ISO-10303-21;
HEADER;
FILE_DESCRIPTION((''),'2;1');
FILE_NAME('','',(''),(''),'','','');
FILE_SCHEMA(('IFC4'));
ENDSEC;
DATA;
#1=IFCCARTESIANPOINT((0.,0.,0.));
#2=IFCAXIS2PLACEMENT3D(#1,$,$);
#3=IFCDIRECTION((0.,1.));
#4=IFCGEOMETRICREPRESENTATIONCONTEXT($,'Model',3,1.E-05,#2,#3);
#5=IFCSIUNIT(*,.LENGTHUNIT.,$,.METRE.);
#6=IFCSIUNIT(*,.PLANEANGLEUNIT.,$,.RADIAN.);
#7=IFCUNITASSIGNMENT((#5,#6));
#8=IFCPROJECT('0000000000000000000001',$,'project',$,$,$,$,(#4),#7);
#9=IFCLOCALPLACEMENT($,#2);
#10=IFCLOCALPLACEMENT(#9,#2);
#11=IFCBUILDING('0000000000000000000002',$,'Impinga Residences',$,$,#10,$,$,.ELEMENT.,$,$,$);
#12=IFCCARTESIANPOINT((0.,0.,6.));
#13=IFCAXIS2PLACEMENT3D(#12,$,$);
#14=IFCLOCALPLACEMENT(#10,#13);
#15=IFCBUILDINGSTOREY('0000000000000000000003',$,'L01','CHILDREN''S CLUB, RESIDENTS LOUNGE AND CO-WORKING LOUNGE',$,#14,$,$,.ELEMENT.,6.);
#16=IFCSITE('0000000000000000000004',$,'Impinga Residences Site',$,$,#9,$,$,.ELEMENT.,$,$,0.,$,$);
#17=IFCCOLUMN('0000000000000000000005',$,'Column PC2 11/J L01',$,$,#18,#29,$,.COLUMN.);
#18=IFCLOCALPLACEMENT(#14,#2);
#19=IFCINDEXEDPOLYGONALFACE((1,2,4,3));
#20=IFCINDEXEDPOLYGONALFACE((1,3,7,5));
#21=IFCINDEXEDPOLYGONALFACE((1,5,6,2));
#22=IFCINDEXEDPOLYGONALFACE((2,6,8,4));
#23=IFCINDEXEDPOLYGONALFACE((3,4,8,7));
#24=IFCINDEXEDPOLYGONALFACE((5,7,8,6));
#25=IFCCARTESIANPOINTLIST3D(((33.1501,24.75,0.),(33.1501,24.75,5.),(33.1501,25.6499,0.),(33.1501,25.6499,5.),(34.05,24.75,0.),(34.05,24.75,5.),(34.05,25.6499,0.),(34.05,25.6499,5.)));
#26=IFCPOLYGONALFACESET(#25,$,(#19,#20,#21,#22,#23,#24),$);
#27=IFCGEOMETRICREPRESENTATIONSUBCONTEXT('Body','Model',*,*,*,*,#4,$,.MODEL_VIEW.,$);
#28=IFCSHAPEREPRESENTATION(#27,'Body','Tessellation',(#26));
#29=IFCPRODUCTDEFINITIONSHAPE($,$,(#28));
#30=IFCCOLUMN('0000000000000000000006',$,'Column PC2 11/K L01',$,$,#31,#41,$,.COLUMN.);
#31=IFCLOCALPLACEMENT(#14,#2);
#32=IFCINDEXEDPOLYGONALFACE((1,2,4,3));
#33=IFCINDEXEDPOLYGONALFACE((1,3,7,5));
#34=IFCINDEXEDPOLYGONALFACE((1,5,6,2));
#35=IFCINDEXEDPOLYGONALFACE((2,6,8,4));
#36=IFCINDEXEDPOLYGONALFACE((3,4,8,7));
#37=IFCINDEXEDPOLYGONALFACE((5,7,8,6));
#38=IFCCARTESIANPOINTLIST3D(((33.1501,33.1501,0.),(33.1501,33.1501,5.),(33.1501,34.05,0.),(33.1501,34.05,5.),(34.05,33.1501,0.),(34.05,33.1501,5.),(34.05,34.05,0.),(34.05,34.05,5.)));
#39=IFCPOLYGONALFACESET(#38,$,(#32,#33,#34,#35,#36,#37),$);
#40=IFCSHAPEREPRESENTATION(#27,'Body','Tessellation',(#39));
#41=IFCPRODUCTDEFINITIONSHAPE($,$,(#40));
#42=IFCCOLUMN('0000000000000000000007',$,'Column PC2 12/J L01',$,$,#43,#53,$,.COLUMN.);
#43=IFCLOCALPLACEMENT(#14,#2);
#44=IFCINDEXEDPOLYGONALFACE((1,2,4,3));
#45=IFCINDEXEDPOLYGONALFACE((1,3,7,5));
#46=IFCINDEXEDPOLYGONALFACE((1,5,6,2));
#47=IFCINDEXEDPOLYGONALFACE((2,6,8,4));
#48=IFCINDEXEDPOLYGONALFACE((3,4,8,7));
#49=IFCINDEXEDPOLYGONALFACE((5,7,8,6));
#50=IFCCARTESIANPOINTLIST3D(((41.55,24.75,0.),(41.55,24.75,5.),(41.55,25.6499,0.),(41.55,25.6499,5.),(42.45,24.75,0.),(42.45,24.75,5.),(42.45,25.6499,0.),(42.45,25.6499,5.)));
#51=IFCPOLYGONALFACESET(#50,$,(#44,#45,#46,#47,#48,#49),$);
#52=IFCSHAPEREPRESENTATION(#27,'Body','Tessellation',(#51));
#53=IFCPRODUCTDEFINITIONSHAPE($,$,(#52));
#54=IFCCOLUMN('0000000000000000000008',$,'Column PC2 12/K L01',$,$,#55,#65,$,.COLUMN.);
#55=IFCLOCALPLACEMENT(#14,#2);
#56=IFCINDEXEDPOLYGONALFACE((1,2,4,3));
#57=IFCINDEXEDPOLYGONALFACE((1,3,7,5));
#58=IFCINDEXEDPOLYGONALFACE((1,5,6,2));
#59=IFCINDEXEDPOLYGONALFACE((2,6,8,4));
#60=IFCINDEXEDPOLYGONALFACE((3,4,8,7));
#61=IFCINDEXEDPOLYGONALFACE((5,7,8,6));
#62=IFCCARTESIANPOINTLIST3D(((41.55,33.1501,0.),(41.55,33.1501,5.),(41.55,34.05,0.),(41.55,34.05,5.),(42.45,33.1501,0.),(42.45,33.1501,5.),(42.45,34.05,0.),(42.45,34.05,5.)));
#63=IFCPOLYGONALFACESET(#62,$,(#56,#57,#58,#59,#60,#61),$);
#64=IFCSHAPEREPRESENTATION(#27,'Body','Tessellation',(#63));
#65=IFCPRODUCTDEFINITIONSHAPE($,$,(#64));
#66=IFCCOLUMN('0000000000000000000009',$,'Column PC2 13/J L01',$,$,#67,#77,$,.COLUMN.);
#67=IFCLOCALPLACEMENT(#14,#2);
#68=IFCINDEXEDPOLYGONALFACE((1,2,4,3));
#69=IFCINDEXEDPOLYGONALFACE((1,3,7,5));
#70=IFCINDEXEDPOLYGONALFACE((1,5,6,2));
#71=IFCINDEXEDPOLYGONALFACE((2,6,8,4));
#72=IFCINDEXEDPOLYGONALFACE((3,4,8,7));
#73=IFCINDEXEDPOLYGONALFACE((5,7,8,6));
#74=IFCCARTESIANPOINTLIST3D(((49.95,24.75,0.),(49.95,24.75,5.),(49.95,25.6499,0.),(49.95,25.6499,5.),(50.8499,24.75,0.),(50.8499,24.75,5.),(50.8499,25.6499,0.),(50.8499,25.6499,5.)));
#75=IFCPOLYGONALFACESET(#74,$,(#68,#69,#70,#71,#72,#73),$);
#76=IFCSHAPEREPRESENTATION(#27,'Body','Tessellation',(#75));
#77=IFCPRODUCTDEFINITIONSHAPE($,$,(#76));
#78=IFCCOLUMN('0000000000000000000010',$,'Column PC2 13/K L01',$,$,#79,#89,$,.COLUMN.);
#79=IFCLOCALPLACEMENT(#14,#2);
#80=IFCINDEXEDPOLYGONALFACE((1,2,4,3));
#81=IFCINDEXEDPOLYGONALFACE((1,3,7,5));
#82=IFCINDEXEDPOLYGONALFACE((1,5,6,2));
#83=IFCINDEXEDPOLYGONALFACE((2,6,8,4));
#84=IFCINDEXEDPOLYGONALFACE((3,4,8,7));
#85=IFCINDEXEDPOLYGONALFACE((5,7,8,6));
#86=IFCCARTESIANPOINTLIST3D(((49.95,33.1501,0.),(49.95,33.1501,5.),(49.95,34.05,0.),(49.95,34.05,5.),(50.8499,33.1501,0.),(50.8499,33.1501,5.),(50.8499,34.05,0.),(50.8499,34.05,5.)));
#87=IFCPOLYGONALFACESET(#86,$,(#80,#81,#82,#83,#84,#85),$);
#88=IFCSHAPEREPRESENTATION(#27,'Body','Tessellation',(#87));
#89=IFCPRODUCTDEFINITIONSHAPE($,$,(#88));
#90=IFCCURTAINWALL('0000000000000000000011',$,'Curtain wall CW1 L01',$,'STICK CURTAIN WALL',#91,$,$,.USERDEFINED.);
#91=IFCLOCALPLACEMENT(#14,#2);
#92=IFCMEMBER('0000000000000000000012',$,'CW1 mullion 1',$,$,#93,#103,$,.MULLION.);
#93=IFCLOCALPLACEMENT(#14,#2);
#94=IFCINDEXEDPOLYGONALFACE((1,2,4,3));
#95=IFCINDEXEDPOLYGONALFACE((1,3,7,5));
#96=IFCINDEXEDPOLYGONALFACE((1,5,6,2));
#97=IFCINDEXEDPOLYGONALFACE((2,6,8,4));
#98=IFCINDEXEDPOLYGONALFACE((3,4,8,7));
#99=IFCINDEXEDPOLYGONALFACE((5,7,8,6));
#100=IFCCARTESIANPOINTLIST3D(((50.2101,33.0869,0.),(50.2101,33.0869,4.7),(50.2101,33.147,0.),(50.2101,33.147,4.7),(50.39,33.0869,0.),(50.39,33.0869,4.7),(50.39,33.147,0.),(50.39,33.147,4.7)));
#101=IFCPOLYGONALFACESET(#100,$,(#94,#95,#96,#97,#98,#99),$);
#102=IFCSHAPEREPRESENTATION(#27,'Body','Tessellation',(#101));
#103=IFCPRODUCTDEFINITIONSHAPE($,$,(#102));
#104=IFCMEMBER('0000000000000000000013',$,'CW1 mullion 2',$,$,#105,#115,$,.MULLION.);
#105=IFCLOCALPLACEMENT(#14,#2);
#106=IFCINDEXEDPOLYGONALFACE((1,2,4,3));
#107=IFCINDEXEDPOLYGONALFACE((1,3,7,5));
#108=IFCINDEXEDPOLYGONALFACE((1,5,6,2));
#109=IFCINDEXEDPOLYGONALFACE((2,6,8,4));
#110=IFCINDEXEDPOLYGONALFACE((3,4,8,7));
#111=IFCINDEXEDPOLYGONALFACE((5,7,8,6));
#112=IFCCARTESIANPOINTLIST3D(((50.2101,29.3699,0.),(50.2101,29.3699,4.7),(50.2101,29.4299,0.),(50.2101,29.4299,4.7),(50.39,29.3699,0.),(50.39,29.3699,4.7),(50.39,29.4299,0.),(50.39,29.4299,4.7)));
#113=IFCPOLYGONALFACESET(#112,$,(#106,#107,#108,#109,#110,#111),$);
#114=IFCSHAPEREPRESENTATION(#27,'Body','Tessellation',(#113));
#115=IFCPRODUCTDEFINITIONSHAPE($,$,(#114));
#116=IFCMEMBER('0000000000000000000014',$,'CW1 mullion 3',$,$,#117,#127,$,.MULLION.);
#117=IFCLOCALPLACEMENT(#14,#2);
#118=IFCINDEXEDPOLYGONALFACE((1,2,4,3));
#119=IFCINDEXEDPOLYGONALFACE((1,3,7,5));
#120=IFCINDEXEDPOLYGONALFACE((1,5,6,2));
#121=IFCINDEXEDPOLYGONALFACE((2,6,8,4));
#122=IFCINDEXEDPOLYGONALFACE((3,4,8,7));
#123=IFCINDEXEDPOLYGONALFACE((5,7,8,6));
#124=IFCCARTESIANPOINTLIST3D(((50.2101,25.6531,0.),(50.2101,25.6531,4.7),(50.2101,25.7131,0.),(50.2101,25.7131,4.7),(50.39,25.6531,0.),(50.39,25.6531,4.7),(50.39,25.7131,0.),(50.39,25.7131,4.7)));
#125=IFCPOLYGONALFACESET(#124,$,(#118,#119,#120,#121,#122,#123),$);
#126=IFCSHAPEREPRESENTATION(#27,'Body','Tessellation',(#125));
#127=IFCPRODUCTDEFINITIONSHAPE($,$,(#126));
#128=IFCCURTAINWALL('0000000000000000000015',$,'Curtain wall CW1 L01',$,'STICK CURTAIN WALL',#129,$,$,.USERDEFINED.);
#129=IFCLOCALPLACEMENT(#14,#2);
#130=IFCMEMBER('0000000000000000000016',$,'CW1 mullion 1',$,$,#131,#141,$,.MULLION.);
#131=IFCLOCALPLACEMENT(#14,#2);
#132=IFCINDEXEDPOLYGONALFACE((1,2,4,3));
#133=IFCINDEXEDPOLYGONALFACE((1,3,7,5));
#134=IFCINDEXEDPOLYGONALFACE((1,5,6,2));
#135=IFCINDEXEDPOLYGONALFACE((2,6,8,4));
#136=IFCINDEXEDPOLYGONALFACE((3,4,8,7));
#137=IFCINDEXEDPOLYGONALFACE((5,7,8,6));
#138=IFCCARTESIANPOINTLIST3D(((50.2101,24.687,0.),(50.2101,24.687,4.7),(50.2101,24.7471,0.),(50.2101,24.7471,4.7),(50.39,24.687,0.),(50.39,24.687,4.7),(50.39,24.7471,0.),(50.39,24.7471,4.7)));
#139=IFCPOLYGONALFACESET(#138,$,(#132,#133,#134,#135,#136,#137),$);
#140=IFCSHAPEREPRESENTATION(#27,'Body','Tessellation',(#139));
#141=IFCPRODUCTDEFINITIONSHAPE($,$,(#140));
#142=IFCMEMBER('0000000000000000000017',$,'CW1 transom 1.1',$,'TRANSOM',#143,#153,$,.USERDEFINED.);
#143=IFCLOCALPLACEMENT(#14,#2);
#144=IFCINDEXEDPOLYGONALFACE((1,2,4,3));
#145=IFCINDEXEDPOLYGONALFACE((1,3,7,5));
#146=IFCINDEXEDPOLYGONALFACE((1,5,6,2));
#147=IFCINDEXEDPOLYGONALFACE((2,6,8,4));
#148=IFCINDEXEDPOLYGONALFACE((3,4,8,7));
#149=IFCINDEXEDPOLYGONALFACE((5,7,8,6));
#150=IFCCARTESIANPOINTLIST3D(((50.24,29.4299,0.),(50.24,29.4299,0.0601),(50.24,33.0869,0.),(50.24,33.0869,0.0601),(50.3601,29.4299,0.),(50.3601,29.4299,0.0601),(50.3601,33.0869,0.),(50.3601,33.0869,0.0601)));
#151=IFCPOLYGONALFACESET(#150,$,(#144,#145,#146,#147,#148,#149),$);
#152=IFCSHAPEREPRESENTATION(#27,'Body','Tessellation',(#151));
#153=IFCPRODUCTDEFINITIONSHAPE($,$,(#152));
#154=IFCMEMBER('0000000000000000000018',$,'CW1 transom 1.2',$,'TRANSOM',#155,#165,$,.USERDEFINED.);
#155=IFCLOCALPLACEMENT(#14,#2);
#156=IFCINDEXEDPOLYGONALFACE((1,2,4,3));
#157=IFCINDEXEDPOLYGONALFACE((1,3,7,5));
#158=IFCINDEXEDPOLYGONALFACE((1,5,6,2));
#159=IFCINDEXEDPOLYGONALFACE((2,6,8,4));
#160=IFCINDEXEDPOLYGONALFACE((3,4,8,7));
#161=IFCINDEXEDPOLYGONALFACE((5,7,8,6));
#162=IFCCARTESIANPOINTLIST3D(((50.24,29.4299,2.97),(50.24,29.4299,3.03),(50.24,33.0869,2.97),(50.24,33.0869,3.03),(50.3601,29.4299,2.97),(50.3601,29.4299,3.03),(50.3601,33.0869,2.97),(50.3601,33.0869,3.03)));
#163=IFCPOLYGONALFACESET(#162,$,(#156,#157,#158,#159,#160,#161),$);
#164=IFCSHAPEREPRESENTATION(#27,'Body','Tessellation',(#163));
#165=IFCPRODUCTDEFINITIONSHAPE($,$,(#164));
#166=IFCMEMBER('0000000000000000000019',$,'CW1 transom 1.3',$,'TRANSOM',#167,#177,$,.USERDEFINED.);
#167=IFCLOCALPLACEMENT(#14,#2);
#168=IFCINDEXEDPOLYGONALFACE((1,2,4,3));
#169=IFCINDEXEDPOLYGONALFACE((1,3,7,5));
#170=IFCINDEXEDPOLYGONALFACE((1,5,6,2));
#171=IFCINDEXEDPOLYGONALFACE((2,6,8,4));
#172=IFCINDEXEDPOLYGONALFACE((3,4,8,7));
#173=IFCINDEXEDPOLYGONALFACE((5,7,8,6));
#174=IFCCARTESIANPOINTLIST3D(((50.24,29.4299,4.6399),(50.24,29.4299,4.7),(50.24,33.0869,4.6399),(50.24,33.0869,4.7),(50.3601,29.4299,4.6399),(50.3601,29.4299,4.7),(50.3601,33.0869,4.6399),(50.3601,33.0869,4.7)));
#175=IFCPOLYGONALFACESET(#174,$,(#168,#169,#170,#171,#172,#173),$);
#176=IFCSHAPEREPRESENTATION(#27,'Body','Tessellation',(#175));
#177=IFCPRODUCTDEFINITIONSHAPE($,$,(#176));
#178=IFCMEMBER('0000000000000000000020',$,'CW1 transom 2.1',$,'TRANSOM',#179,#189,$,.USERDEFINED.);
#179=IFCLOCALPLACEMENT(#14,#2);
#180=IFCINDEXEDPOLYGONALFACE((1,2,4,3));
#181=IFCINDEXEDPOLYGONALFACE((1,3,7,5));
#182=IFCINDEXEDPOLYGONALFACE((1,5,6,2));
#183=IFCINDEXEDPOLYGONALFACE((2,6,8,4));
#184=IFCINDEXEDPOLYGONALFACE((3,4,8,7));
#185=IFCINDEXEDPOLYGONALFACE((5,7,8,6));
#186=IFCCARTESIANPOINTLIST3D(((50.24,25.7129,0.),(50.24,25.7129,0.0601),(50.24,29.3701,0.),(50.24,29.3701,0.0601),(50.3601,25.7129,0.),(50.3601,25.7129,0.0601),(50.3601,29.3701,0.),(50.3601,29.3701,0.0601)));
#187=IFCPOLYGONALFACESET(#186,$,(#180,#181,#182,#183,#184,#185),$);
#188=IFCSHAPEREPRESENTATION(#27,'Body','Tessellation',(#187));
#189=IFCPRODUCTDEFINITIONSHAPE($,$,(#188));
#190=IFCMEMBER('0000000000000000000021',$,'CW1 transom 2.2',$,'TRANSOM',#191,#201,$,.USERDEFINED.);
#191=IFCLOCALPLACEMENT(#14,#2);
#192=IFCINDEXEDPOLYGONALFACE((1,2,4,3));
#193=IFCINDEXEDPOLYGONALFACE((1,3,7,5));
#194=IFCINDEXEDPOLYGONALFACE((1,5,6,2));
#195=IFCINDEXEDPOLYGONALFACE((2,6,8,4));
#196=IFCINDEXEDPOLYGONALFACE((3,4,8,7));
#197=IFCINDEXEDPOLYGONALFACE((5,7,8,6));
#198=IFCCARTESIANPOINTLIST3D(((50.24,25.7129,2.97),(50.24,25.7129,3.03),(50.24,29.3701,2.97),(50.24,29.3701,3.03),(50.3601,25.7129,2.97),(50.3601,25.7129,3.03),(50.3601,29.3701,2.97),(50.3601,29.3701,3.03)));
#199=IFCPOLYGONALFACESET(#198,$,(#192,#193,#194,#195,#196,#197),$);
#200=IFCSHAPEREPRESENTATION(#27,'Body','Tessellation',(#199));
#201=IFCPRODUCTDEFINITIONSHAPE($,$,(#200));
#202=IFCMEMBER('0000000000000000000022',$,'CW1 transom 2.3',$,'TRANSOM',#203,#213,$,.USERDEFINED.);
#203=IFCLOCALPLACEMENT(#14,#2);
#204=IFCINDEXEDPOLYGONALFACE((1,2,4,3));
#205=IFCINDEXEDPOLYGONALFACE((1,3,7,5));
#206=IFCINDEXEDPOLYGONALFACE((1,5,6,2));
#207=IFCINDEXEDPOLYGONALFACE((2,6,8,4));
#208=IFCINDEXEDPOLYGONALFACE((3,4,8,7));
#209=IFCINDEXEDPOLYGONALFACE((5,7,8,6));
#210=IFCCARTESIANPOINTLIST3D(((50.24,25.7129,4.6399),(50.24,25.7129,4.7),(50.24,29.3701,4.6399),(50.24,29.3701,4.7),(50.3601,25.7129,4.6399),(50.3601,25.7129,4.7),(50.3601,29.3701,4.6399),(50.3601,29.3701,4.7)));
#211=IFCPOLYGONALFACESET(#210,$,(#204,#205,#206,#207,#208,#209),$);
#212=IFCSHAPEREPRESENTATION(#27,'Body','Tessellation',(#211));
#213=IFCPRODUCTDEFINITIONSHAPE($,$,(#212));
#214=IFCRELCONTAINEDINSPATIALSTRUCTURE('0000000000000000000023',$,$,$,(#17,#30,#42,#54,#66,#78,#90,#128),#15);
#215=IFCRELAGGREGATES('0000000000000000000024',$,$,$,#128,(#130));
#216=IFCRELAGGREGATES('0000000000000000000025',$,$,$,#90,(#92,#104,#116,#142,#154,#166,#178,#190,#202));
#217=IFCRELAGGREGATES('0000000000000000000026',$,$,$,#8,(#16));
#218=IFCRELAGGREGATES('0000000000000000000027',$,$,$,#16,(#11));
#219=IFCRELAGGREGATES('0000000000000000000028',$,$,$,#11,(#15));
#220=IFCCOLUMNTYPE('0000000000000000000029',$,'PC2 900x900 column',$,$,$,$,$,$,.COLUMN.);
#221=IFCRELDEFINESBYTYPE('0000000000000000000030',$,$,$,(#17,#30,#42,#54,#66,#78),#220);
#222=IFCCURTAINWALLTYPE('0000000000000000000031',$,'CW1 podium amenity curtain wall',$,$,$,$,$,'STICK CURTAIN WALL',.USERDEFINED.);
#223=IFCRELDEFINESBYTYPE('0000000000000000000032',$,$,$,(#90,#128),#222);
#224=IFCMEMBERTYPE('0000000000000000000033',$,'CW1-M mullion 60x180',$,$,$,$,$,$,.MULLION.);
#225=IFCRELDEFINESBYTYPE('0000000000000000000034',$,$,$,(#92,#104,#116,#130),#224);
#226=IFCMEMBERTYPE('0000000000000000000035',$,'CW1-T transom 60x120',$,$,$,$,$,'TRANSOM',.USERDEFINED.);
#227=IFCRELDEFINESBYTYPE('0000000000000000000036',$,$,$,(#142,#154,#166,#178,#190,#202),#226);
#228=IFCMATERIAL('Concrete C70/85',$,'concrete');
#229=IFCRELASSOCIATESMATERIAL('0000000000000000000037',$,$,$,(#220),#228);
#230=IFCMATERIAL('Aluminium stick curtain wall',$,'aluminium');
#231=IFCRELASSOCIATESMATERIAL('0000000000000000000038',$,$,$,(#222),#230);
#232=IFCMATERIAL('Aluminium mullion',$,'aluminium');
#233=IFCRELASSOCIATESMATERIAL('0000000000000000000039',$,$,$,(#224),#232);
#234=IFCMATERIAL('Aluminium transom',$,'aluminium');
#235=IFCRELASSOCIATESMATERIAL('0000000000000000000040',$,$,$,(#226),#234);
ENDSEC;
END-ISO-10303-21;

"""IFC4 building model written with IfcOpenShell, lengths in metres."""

from ifc_helpers import new_model, si_unit, direction, frame, origin, origin_2d, place, context, subcontext, project, spatial, rectangle, extrude, material, material_profile, profile_set, type_object, element, aggregate, save


model = new_model("IFC4")

# Units and contexts
model_context = context("Model", 3, precision=1e-05, world=origin(), true_north=direction((0.0, 1.0)))
body_context = subcontext(model_context, "Body", "Model", "MODEL_VIEW")
ifc_project = project(units=[si_unit("LENGTHUNIT", "METRE"), si_unit("PLANEANGLEUNIT", "RADIAN")], contexts=[model_context])

# Site, building, storey
site_placement = place(None, origin())
site = spatial("IfcSite", under=ifc_project, at=site_placement, Name="Impinga Residences Site", CompositionType="ELEMENT", RefElevation=0.0)
building_placement = place(site_placement, origin())
building = spatial("IfcBuilding", under=site, at=building_placement, Name="Impinga Residences", CompositionType="ELEMENT")
storey_placement = place(building_placement, frame((0.0, 0.0, 6.0)))
storey = spatial("IfcBuildingStorey", under=building, at=storey_placement, Name="L01", Description="CHILDREN'S CLUB, RESIDENTS LOUNGE AND CO-WORKING LOUNGE", CompositionType="ELEMENT", Elevation=6.0)

# Columns
ifc_material_1 = material(Name="Concrete C70/85", Category="concrete")
ifc_material_profile_1 = material_profile(ifc_material_1, rectangle(XDim=0.8999, YDim=0.8999, at=origin_2d()), Name="RC 900x900")
ifc_profile_set_1 = profile_set([ifc_material_profile_1], Name="Concrete C70/85")
column_type = type_object("IfcColumnType", Name="PC2 900x900 column", PredefinedType="COLUMN", material=ifc_profile_set_1)
for number, where, z_axis, x_axis, name in (
    (1, (33.6001, 25.2, 0.0), (0.0, 0.0, 1.0), (1.0, 0.0, 0.0), "Column PC2 11/J L01"),
    (2, (33.6001, 33.6001, 0.0), (0.0, 0.0, 1.0), (1.0, 0.0, 0.0), "Column PC2 11/K L01"),
    (3, (42.0, 25.2, 0.0), (0.0, 0.0, 1.0), (1.0, 0.0, 0.0), "Column PC2 12/J L01"),
    (4, (42.0, 33.6001, 0.0), (0.0, 0.0, 1.0), (1.0, 0.0, 0.0), "Column PC2 12/K L01"),
    (5, (50.3999, 25.2, 0.0), (0.0, 0.0, 1.0), (1.0, 0.0, 0.0), "Column PC2 13/J L01"),
    (6, (50.3999, 33.6001, 0.0), (0.0, 0.0, 1.0), (1.0, 0.0, 0.0), "Column PC2 13/K L01"),
):
    element("IfcColumn", number, at=place(storey_placement, frame(where, z_axis=z_axis, x_axis=x_axis)), inside=storey, type_object=column_type, Name=name, PredefinedType="COLUMN", context=body_context, shape_type="SweptSolid", body=[
        extrude(rectangle(XDim=0.8999, YDim=0.8999, at=origin_2d()), origin(), (0.0, 0.0, 1.0), 5.0),
    ])

# Curtain wall, members
ifc_material_2 = material(Name="Aluminium stick curtain wall", Category="aluminium")
curtain_wall_type = type_object("IfcCurtainWallType", Name="CW1 podium amenity curtain wall", ElementType="STICK CURTAIN WALL", PredefinedType="USERDEFINED", material=ifc_material_2)
curtain_wall_1_placement = place(storey_placement, origin())
curtain_wall_1 = element("IfcCurtainWall", 7, at=curtain_wall_1_placement, inside=storey, type_object=curtain_wall_type, Name="Curtain wall CW1 L01", ObjectType="STICK CURTAIN WALL", PredefinedType="USERDEFINED")
ifc_material_3 = material(Name="Aluminium mullion", Category="aluminium")
ifc_material_profile_2 = material_profile(ifc_material_3, rectangle(XDim=0.0601, YDim=0.1799, at=origin_2d()), Name="60x180 mullion")
ifc_profile_set_2 = profile_set([ifc_material_profile_2], Name="Aluminium mullion")
member_type_1 = type_object("IfcMemberType", Name="CW1-M mullion 60x180", PredefinedType="MULLION", material=ifc_profile_set_2)
member_1_placement = place(storey_placement, frame((50.3, 33.1169, 0.0), z_axis=(0.0, 0.0, 1.0), x_axis=(0.0, -1.0, 0.0)))
member_1 = element("IfcMember", 8, at=member_1_placement, type_object=member_type_1, Name="CW1 mullion 1", PredefinedType="MULLION", context=body_context, shape_type="SweptSolid", body=[
    extrude(rectangle(XDim=0.0601, YDim=0.1799, at=origin_2d()), origin(), (0.0, 0.0, 1.0), 4.7),
])
member_2_placement = place(storey_placement, frame((50.3, 29.3999, 0.0), z_axis=(0.0, 0.0, 1.0), x_axis=(0.0, -1.0, 0.0)))
member_2 = element("IfcMember", 9, at=member_2_placement, type_object=member_type_1, Name="CW1 mullion 2", PredefinedType="MULLION", context=body_context, shape_type="SweptSolid", body=[
    extrude(rectangle(XDim=0.0601, YDim=0.1799, at=origin_2d()), origin(), (0.0, 0.0, 1.0), 4.7),
])
member_3_placement = place(storey_placement, frame((50.3, 25.6831, 0.0), z_axis=(0.0, 0.0, 1.0), x_axis=(0.0, -1.0, 0.0)))
member_3 = element("IfcMember", 10, at=member_3_placement, type_object=member_type_1, Name="CW1 mullion 3", PredefinedType="MULLION", context=body_context, shape_type="SweptSolid", body=[
    extrude(rectangle(XDim=0.0601, YDim=0.1799, at=origin_2d()), origin(), (0.0, 0.0, 1.0), 4.7),
])

# Curtain wall, member
curtain_wall_2_placement = place(storey_placement, origin())
curtain_wall_2 = element("IfcCurtainWall", 11, at=curtain_wall_2_placement, inside=storey, type_object=curtain_wall_type, Name="Curtain wall CW1 L01", ObjectType="STICK CURTAIN WALL", PredefinedType="USERDEFINED")
member_4_placement = place(storey_placement, frame((50.3, 24.717, 0.0), z_axis=(0.0, 0.0, 1.0), x_axis=(0.0, -1.0, 0.0)))
member_4 = element("IfcMember", 12, at=member_4_placement, type_object=member_type_1, Name="CW1 mullion 1", PredefinedType="MULLION", context=body_context, shape_type="SweptSolid", body=[
    extrude(rectangle(XDim=0.0601, YDim=0.1799, at=origin_2d()), origin(), (0.0, 0.0, 1.0), 4.7),
])

# Members
ifc_material_4 = material(Name="Aluminium transom", Category="aluminium")
ifc_material_profile_3 = material_profile(ifc_material_4, rectangle(XDim=0.0601, YDim=0.1201, at=origin_2d()), Name="60x120 transom")
ifc_profile_set_3 = profile_set([ifc_material_profile_3], Name="Aluminium transom")
member_type_2 = type_object("IfcMemberType", Name="CW1-T transom 60x120", ElementType="TRANSOM", PredefinedType="USERDEFINED", material=ifc_profile_set_3)
member_5_placement = place(storey_placement, frame((50.3, 33.0869, 0.03), z_axis=(0.0, -1.0, 0.0), x_axis=(0.0, 0.0, 1.0)))
member_5 = element("IfcMember", 13, at=member_5_placement, type_object=member_type_2, Name="CW1 transom 1.1", ObjectType="TRANSOM", PredefinedType="USERDEFINED", context=body_context, shape_type="SweptSolid", body=[
    extrude(rectangle(XDim=0.0601, YDim=0.1201, at=origin_2d()), origin(), (0.0, 0.0, 1.0), 3.657),
])
member_6_placement = place(storey_placement, frame((50.3, 33.0869, 3.0), z_axis=(0.0, -1.0, 0.0), x_axis=(0.0, 0.0, 1.0)))
member_6 = element("IfcMember", 14, at=member_6_placement, type_object=member_type_2, Name="CW1 transom 1.2", ObjectType="TRANSOM", PredefinedType="USERDEFINED", context=body_context, shape_type="SweptSolid", body=[
    extrude(rectangle(XDim=0.0601, YDim=0.1201, at=origin_2d()), origin(), (0.0, 0.0, 1.0), 3.657),
])
member_7_placement = place(storey_placement, frame((50.3, 33.0869, 4.6699), z_axis=(0.0, -1.0, 0.0), x_axis=(0.0, 0.0, 1.0)))
member_7 = element("IfcMember", 15, at=member_7_placement, type_object=member_type_2, Name="CW1 transom 1.3", ObjectType="TRANSOM", PredefinedType="USERDEFINED", context=body_context, shape_type="SweptSolid", body=[
    extrude(rectangle(XDim=0.0601, YDim=0.1201, at=origin_2d()), origin(), (0.0, 0.0, 1.0), 3.657),
])
member_8_placement = place(storey_placement, frame((50.3, 29.3701, 0.03), z_axis=(0.0, -1.0, 0.0), x_axis=(0.0, 0.0, 1.0)))
member_8 = element("IfcMember", 16, at=member_8_placement, type_object=member_type_2, Name="CW1 transom 2.1", ObjectType="TRANSOM", PredefinedType="USERDEFINED", context=body_context, shape_type="SweptSolid", body=[
    extrude(rectangle(XDim=0.0601, YDim=0.1201, at=origin_2d()), origin(), (0.0, 0.0, 1.0), 3.6572),
])
member_9_placement = place(storey_placement, frame((50.3, 29.3701, 3.0), z_axis=(0.0, -1.0, 0.0), x_axis=(0.0, 0.0, 1.0)))
member_9 = element("IfcMember", 17, at=member_9_placement, type_object=member_type_2, Name="CW1 transom 2.2", ObjectType="TRANSOM", PredefinedType="USERDEFINED", context=body_context, shape_type="SweptSolid", body=[
    extrude(rectangle(XDim=0.0601, YDim=0.1201, at=origin_2d()), origin(), (0.0, 0.0, 1.0), 3.6572),
])
member_10_placement = place(storey_placement, frame((50.3, 29.3701, 4.6699), z_axis=(0.0, -1.0, 0.0), x_axis=(0.0, 0.0, 1.0)))
member_10 = element("IfcMember", 18, at=member_10_placement, type_object=member_type_2, Name="CW1 transom 2.3", ObjectType="TRANSOM", PredefinedType="USERDEFINED", context=body_context, shape_type="SweptSolid", body=[
    extrude(rectangle(XDim=0.0601, YDim=0.1201, at=origin_2d()), origin(), (0.0, 0.0, 1.0), 3.6572),
])
aggregate(curtain_wall_2, [member_4])

aggregate(curtain_wall_1, [member_1, member_2, member_3, member_5, member_6, member_7, member_8, member_9, member_10])

save(model, "model.ifc")
